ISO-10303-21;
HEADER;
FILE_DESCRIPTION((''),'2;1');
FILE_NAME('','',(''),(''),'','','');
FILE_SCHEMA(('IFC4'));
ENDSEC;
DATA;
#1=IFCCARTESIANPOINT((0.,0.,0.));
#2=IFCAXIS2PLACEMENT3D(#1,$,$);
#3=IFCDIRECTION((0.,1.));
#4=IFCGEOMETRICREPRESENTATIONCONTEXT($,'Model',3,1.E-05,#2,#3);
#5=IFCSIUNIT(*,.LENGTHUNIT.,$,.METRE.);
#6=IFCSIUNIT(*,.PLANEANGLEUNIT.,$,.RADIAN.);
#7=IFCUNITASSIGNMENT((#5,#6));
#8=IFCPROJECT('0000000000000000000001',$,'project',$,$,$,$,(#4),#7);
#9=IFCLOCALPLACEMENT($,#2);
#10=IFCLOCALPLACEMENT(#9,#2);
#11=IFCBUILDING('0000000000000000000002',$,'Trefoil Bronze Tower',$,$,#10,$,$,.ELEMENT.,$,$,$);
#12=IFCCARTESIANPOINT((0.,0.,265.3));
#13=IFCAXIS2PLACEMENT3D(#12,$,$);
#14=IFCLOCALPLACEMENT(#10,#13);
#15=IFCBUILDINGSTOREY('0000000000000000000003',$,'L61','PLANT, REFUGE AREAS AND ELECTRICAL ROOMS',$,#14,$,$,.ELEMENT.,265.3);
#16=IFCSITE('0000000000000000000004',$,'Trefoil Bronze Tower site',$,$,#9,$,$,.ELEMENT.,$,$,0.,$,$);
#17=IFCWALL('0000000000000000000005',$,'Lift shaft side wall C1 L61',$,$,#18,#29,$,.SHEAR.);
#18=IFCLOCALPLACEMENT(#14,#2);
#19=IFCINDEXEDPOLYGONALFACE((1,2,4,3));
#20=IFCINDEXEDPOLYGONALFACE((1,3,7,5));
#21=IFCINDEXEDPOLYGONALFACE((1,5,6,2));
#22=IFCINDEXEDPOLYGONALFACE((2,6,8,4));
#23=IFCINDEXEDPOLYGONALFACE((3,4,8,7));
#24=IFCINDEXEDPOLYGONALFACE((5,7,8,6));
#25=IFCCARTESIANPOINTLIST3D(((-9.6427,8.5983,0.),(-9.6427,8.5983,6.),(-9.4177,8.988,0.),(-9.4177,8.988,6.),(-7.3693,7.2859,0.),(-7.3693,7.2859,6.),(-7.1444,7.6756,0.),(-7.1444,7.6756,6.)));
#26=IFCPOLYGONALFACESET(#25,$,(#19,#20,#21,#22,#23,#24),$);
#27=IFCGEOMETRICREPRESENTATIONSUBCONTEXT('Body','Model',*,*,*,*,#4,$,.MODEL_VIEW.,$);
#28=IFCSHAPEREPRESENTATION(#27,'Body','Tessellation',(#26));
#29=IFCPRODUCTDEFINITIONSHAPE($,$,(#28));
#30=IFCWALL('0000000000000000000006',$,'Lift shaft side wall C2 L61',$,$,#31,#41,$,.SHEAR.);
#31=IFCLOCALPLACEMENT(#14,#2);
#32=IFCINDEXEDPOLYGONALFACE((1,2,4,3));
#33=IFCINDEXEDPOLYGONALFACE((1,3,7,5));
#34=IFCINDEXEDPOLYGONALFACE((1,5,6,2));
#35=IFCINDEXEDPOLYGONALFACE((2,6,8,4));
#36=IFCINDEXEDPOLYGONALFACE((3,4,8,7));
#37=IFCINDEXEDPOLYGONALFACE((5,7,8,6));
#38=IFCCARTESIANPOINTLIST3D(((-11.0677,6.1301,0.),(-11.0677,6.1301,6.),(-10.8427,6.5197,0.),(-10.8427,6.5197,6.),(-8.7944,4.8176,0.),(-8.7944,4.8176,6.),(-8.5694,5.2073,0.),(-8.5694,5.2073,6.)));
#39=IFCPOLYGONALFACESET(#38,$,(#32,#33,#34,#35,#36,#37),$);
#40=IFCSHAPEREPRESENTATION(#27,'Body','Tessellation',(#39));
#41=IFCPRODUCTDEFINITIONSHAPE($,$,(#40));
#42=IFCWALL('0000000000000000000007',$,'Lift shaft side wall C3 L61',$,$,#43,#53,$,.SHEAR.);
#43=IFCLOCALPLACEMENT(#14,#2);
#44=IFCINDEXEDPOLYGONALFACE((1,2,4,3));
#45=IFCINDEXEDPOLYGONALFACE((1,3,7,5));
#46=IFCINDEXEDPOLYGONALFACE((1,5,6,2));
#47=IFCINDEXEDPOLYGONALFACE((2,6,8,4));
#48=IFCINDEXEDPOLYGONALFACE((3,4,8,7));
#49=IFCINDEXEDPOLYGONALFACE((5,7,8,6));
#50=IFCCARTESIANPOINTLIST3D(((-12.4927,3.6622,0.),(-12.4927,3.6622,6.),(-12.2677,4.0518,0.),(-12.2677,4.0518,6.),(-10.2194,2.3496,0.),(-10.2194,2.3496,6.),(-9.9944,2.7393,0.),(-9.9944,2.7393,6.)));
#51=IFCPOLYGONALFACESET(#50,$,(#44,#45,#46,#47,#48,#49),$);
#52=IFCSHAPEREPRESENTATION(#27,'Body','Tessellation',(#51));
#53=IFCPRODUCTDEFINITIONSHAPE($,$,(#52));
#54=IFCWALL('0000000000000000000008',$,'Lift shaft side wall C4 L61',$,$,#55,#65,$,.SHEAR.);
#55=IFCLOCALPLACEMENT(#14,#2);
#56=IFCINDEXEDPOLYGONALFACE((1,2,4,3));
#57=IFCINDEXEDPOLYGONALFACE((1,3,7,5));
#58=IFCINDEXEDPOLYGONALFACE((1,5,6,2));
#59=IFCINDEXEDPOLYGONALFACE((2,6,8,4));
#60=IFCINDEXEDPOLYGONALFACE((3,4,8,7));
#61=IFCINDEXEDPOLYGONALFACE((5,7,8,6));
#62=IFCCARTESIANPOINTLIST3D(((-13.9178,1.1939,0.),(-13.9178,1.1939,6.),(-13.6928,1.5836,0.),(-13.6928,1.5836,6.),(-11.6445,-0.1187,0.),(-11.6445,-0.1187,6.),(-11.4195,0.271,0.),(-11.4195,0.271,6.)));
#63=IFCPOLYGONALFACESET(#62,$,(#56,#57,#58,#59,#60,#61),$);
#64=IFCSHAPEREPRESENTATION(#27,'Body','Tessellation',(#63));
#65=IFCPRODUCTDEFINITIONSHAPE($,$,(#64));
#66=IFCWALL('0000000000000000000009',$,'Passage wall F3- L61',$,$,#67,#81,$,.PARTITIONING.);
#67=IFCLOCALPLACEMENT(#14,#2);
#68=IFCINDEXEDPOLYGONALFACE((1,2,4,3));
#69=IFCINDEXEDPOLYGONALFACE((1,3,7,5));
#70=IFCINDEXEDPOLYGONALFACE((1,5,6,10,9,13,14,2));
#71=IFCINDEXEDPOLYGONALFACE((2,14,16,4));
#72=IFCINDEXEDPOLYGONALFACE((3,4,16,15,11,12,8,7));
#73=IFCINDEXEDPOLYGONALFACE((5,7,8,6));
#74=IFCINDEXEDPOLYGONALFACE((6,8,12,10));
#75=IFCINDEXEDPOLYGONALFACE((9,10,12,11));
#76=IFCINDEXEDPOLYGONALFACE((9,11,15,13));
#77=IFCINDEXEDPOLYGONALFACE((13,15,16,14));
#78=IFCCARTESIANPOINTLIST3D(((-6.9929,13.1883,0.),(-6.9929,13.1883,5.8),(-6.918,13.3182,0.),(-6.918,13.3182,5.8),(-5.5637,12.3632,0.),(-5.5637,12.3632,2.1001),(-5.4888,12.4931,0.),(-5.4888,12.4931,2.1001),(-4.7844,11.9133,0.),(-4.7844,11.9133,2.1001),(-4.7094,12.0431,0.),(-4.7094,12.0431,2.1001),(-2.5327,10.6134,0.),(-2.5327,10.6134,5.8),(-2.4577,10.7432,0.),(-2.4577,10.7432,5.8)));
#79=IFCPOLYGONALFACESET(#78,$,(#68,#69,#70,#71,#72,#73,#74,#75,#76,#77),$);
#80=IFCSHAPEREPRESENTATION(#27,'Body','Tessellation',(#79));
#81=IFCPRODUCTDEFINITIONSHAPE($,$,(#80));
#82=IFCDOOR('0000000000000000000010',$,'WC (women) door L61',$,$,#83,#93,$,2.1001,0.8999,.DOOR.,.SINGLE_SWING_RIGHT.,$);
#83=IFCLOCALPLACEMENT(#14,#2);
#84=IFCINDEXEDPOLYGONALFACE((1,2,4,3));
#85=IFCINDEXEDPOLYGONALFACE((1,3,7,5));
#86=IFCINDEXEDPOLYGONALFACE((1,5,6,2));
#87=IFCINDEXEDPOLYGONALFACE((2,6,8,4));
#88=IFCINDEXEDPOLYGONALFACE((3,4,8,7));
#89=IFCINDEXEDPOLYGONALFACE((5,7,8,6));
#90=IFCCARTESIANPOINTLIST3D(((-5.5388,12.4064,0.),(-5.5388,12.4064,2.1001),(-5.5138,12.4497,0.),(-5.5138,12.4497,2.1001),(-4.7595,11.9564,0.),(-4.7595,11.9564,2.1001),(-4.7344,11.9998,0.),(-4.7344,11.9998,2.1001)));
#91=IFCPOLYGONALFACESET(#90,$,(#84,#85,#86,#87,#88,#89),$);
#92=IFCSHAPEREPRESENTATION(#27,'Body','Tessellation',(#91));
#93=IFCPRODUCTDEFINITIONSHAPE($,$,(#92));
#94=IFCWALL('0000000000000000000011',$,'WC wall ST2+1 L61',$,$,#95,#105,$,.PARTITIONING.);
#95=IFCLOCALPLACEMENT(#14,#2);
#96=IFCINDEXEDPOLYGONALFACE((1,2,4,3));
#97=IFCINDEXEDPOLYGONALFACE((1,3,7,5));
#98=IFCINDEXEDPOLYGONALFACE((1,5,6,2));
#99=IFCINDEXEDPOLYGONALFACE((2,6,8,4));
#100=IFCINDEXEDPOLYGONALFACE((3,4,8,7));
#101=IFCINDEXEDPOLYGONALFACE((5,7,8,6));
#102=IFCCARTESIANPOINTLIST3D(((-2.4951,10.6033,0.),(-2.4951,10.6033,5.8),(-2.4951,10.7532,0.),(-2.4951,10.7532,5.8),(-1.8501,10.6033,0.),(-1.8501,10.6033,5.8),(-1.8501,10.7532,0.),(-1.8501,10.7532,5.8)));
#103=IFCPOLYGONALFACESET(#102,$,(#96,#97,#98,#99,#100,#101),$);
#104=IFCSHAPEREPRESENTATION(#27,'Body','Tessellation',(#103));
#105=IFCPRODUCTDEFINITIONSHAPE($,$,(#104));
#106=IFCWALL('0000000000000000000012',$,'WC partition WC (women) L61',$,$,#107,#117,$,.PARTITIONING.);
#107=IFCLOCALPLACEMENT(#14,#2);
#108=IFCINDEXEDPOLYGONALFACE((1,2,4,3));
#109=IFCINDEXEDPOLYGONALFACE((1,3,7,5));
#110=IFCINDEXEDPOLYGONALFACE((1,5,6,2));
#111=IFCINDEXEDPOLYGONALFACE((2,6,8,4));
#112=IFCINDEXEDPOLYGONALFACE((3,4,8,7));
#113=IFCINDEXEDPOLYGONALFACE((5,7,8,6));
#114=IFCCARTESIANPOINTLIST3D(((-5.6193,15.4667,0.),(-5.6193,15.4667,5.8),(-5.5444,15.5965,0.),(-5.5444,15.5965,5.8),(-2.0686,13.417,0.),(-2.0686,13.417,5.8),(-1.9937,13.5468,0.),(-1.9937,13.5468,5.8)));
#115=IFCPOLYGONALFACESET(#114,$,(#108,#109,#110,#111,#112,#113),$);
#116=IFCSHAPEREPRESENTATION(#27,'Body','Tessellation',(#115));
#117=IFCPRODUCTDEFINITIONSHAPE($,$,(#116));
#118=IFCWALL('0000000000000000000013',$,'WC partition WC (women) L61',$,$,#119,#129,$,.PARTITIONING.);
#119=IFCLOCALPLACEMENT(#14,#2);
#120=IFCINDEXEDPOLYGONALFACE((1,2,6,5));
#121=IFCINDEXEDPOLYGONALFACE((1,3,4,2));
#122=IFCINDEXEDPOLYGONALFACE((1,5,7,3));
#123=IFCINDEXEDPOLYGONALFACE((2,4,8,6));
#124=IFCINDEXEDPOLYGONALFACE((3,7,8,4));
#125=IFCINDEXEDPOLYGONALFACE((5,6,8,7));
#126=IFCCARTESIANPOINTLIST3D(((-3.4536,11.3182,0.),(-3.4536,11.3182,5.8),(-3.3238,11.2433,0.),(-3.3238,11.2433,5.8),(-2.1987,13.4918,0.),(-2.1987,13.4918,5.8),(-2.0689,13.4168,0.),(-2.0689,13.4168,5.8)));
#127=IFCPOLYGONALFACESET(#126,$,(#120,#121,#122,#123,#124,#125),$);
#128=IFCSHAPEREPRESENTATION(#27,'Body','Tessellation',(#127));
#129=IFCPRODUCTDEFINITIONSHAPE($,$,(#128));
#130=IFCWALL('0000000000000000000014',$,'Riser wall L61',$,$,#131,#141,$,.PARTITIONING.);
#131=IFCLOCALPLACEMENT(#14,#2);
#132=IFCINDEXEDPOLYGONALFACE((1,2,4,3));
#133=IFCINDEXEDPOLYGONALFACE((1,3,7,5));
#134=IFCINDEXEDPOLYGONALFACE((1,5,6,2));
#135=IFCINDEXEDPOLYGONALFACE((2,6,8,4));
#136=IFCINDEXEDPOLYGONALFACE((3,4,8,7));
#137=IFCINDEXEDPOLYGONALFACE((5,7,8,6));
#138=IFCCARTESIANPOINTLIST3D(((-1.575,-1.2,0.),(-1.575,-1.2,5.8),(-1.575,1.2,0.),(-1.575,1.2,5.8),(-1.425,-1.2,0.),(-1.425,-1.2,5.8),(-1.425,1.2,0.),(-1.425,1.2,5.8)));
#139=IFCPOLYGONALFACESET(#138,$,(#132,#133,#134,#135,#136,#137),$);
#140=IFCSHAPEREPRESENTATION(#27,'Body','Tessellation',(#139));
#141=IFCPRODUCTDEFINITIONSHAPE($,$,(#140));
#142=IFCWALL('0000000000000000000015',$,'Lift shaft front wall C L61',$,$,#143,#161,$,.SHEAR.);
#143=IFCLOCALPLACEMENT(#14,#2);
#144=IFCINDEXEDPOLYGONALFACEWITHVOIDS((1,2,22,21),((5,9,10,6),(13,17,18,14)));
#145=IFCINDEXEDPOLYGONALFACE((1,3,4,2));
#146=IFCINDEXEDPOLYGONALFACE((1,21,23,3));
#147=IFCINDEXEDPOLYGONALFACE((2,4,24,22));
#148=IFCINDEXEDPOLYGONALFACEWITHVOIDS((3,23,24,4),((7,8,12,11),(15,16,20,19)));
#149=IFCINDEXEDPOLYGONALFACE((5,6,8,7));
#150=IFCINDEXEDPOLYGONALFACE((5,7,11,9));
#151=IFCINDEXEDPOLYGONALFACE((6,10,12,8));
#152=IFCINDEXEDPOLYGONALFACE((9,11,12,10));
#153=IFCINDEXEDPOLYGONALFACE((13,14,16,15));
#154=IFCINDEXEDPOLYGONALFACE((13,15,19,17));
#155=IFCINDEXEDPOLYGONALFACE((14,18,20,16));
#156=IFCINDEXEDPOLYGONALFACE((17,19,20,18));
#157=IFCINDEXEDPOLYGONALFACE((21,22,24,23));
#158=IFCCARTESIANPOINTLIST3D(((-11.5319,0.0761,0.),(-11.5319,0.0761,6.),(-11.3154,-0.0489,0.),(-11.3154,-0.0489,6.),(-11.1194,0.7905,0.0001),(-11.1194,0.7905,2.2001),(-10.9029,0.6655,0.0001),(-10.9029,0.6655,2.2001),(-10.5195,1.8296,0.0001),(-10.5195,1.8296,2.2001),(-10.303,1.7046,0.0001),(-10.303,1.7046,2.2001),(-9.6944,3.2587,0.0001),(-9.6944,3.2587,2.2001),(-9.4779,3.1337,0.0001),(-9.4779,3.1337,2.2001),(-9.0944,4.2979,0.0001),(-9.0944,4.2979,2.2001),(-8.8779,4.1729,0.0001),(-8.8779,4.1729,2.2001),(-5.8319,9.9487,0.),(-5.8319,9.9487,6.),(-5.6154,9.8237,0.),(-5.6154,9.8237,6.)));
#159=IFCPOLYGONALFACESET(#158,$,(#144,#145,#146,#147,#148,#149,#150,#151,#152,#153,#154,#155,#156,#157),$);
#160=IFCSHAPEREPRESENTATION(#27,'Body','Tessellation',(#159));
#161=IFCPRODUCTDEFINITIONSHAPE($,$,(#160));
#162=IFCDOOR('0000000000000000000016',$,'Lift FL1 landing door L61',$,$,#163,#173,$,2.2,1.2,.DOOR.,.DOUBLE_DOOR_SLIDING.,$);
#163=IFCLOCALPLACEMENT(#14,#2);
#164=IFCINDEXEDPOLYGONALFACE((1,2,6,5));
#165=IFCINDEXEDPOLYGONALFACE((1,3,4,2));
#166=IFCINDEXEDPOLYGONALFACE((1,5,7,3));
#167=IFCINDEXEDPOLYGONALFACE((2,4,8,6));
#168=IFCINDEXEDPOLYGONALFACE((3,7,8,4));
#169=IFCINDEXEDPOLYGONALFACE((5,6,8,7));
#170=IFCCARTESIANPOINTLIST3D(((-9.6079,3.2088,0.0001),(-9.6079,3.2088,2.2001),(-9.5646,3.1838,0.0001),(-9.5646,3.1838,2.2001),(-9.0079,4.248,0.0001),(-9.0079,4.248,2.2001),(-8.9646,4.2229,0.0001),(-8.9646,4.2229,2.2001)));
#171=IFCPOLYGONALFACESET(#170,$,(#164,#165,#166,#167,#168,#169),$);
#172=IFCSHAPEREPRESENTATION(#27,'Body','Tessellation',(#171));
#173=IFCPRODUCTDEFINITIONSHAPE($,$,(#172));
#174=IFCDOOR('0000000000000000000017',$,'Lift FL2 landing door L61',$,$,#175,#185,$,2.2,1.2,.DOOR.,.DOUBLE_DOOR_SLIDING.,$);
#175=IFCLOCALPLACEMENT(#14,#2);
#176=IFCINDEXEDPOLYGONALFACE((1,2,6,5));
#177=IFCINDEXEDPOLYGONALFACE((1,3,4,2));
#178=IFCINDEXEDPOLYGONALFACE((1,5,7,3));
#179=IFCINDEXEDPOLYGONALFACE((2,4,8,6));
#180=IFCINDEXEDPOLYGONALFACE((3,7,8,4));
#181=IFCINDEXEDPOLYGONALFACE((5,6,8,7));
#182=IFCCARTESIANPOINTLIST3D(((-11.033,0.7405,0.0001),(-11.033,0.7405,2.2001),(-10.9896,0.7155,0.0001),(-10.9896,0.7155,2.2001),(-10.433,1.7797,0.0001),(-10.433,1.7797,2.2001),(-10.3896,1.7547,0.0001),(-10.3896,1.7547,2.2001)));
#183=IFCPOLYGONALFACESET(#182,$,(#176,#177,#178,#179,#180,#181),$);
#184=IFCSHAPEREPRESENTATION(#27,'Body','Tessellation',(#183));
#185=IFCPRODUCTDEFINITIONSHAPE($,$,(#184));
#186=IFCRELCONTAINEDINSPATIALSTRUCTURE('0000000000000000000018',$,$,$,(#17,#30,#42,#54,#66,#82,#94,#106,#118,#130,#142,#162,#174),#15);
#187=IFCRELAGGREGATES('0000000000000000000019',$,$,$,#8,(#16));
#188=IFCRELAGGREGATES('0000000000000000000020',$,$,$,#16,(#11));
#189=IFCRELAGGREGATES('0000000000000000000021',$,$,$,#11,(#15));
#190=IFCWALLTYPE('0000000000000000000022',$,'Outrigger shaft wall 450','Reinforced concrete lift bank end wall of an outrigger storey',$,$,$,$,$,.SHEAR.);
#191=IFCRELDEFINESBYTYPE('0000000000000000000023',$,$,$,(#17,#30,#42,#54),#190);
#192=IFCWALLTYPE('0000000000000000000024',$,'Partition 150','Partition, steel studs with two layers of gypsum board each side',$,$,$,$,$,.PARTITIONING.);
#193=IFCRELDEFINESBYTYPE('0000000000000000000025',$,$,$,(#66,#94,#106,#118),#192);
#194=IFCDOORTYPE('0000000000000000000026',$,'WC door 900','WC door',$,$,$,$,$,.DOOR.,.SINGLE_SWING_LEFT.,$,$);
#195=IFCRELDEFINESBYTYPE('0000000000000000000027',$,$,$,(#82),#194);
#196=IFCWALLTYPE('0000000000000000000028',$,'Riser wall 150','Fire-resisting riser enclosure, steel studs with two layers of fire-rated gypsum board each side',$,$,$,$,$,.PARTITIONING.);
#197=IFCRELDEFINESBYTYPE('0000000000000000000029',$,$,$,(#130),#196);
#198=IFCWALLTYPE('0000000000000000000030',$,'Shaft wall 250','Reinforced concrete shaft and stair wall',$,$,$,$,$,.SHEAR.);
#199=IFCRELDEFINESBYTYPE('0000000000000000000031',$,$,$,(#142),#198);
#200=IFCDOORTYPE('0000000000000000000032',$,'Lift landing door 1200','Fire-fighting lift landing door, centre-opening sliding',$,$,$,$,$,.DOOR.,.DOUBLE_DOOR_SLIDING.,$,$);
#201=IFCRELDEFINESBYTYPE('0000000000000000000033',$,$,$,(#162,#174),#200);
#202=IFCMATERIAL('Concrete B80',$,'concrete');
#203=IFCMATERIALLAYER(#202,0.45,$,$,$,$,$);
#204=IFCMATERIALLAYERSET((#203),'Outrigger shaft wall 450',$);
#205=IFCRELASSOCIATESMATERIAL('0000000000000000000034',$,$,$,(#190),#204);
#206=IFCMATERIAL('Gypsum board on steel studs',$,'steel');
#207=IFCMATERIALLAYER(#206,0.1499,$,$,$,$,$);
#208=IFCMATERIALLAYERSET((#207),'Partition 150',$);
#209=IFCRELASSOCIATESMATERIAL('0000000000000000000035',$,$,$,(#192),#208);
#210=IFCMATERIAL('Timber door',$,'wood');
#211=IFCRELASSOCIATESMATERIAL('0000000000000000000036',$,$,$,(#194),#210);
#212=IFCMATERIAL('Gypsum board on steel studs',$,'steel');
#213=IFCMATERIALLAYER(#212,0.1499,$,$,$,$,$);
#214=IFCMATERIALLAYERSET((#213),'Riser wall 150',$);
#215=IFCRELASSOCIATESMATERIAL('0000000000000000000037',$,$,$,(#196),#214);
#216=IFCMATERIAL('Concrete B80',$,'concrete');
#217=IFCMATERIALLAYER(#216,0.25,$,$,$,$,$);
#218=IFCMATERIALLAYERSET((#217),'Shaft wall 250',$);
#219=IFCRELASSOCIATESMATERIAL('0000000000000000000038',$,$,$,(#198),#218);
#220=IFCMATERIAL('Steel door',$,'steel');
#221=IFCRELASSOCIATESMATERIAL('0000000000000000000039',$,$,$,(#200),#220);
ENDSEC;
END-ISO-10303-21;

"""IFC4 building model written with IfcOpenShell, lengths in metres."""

from ifc_helpers import new_model, si_unit, direction, frame, frame_2d, origin, place, context, subcontext, project, spatial, rectangle, extrude, material, layer, layer_set, type_object, element, fill, save


model = new_model("IFC4")

# Units and contexts
model_context = context("Model", 3, precision=1e-05, world=origin(), true_north=direction((0.0, 1.0)))
body_context = subcontext(model_context, "Body", "Model", "MODEL_VIEW")
ifc_project = project(units=[si_unit("LENGTHUNIT", "METRE"), si_unit("PLANEANGLEUNIT", "RADIAN")], contexts=[model_context])

# Site, building, storey
site_placement = place(None, origin())
site = spatial("IfcSite", under=ifc_project, at=site_placement, Name="Trefoil Bronze Tower site", CompositionType="ELEMENT", RefElevation=0.0)
building_placement = place(site_placement, origin())
building = spatial("IfcBuilding", under=site, at=building_placement, Name="Trefoil Bronze Tower", CompositionType="ELEMENT")
storey_placement = place(building_placement, frame((0.0, 0.0, 265.3)))
storey = spatial("IfcBuildingStorey", under=building, at=storey_placement, Name="L61", Description="PLANT, REFUGE AREAS AND ELECTRICAL ROOMS", CompositionType="ELEMENT", Elevation=265.3)

# Walls
ifc_material_1 = material(Name="Concrete B80", Category="concrete")
ifc_layer_1 = layer(ifc_material_1, 0.45)
ifc_layer_set_1 = layer_set([ifc_layer_1], Name="Outrigger shaft wall 450")
wall_type_1 = type_object("IfcWallType", Name="Outrigger shaft wall 450", Description="Reinforced concrete lift bank end wall of an outrigger storey", PredefinedType="SHEAR", material=ifc_layer_set_1)
for number, where, z_axis, x_axis, name in (
    (1, (-7.2568, 7.4807, 0.0), (0.0, 0.0, 1.0), (-0.866037, 0.49998, 0.0), "Lift shaft side wall C1 L61"),
    (2, (-8.6819, 5.0125, 0.0), (0.0, 0.0, 1.0), (-0.866037, 0.49998, 0.0), "Lift shaft side wall C2 L61"),
    (3, (-10.1069, 2.5444, 0.0), (0.0, 0.0, 1.0), (-0.866014, 0.50002, 0.0), "Lift shaft side wall C3 L61"),
    (4, (-11.532, 0.0762, 0.0), (0.0, 0.0, 1.0), (-0.866014, 0.50002, 0.0), "Lift shaft side wall C4 L61"),
):
    element("IfcWall", number, at=place(storey_placement, frame(where, z_axis=z_axis, x_axis=x_axis)), inside=storey, type_object=wall_type_1, Name=name, PredefinedType="SHEAR", context=body_context, shape_type="SweptSolid", body=[
        extrude(rectangle(XDim=2.625, YDim=0.45, at=frame_2d((1.3125, 0.0))), origin(), (0.0, 0.0, 1.0), 6.0),
    ])

# Wall, opening, door
ifc_material_2 = material(Name="Gypsum board on steel studs", Category="steel")
ifc_layer_2 = layer(ifc_material_2, 0.1499)
ifc_layer_set_2 = layer_set([ifc_layer_2], Name="Partition 150")
wall_type_2 = type_object("IfcWallType", Name="Partition 150", Description="Partition, steel studs with two layers of gypsum board each side", PredefinedType="PARTITIONING", material=ifc_layer_set_2)
wall_1_placement = place(storey_placement, frame((-2.4951, 10.6782, 0.0), z_axis=(0.0, 0.0, 1.0), x_axis=(-0.866038, 0.499978, 0.0)))
wall_1 = element("IfcWall", 5, at=wall_1_placement, inside=storey, type_object=wall_type_2, Name="Passage wall F3- L61", PredefinedType="PARTITIONING", context=body_context, shape_type="SweptSolid", body=[
    extrude(rectangle(XDim=5.1501, YDim=0.1499, at=frame_2d((2.5752, 0.0))), origin(), (0.0, 0.0, 1.0), 5.8),
])
opening_1_placement = place(wall_1_placement, frame((2.6001, 0.0, 0.0)))
opening_1 = element("IfcOpeningElement", 6, at=opening_1_placement, cuts=wall_1, PredefinedType="OPENING", context=body_context, shape_type="SweptSolid", body=[
    extrude(rectangle(XDim=0.8999, YDim=2.1001, at=frame_2d((0.45, 1.05))), frame((0.0, 0.085, 0.0), z_axis=(0.0, -1.0, 0.0), x_axis=(1.0, 0.0, 0.0)), (0.0, 0.0, 1.0), 0.1699),
])
ifc_material_3 = material(Name="Timber door", Category="wood")
door_type_1 = type_object("IfcDoorType", Name="WC door 900", Description="WC door", OperationType="SINGLE_SWING_LEFT", PredefinedType="DOOR", material=ifc_material_3)
door_1_placement = place(opening_1_placement, frame((0.8999, 0.0, 0.0), z_axis=(0.0, 0.0, 1.0), x_axis=(-1.0, 0.0, 0.0)))
door_1 = element("IfcDoor", 7, at=door_1_placement, inside=storey, type_object=door_type_1, Name="WC (women) door L61", OperationType="SINGLE_SWING_RIGHT", OverallHeight=2.1001, OverallWidth=0.8999, PredefinedType="DOOR", context=body_context, shape_type="SweptSolid", body=[
    extrude(rectangle(XDim=0.8999, YDim=2.1001, at=frame_2d((0.45, 1.05))), frame((0.0, 0.0249, 0.0), z_axis=(0.0, -1.0, 0.0), x_axis=(1.0, 0.0, 0.0)), (0.0, 0.0, 1.0), 0.05),
])
fill(opening_1, door_1)

# Walls
wall_2_placement = place(storey_placement, frame((-2.4951, 10.6782, 0.0), z_axis=(0.0, 0.0, 1.0), x_axis=(1.0, 0.0, 0.0)))
element("IfcWall", 8, at=wall_2_placement, inside=storey, type_object=wall_type_2, Name="WC wall ST2+1 L61", PredefinedType="PARTITIONING", context=body_context, shape_type="SweptSolid", body=[
    extrude(rectangle(XDim=0.645, YDim=0.1499, at=frame_2d((0.3225, 0.0))), origin(), (0.0, 0.0, 1.0), 5.8),
])
wall_3_placement = place(storey_placement, frame((-2.0312, 13.4819, 0.0), z_axis=(0.0, 0.0, 1.0), x_axis=(-0.866051, 0.499956, 0.0)))
element("IfcWall", 9, at=wall_3_placement, inside=storey, type_object=wall_type_2, Name="WC partition WC (women) L61", PredefinedType="PARTITIONING", context=body_context, shape_type="SweptSolid", body=[
    extrude(rectangle(XDim=4.0999, YDim=0.1499, at=frame_2d((2.0498, 0.0))), origin(), (0.0, 0.0, 1.0), 5.8),
])
wall_4_placement = place(storey_placement, frame((-3.3887, 11.2808, 0.0), z_axis=(0.0, 0.0, 1.0), x_axis=(0.499989, 0.866032, 0.0)))
element("IfcWall", 10, at=wall_4_placement, inside=storey, type_object=wall_type_2, Name="WC partition WC (women) L61", PredefinedType="PARTITIONING", context=body_context, shape_type="SweptSolid", body=[
    extrude(rectangle(XDim=2.5098, YDim=0.1499, at=frame_2d((1.2549, 0.0))), origin(), (0.0, 0.0, 1.0), 5.8),
])
ifc_material_4 = material(Name="Gypsum board on steel studs", Category="steel")
ifc_layer_3 = layer(ifc_material_4, 0.1499)
ifc_layer_set_3 = layer_set([ifc_layer_3], Name="Riser wall 150")
wall_type_3 = type_object("IfcWallType", Name="Riser wall 150", Description="Fire-resisting riser enclosure, steel studs with two layers of fire-rated gypsum board each side", PredefinedType="PARTITIONING", material=ifc_layer_set_3)
wall_5_placement = place(storey_placement, frame((-1.5, 1.2, 0.0), z_axis=(0.0, 0.0, 1.0), x_axis=(0.0, -1.0, 0.0)))
element("IfcWall", 11, at=wall_5_placement, inside=storey, type_object=wall_type_3, Name="Riser wall L61", PredefinedType="PARTITIONING", context=body_context, shape_type="SweptSolid", body=[
    extrude(rectangle(XDim=2.3999, YDim=0.1499, at=frame_2d((1.2, 0.0))), origin(), (0.0, 0.0, 1.0), 5.8),
])

# Wall, openings, doors
ifc_material_5 = material(Name="Concrete B80", Category="concrete")
ifc_layer_4 = layer(ifc_material_5, 0.25)
ifc_layer_set_4 = layer_set([ifc_layer_4], Name="Shaft wall 250")
wall_type_4 = type_object("IfcWallType", Name="Shaft wall 250", Description="Reinforced concrete shaft and stair wall", PredefinedType="SHEAR", material=ifc_layer_set_4)
wall_6_placement = place(storey_placement, frame((-5.7236, 9.8862, 0.0), z_axis=(0.0, 0.0, 1.0), x_axis=(-0.500002, -0.866024, 0.0)))
wall_6 = element("IfcWall", 12, at=wall_6_placement, inside=storey, type_object=wall_type_4, Name="Lift shaft front wall C L61", PredefinedType="SHEAR", context=body_context, shape_type="SweptSolid", body=[
    extrude(rectangle(XDim=11.3999, YDim=0.25, at=frame_2d((5.7, 0.0))), origin(), (0.0, 0.0, 1.0), 6.0),
])
opening_2_placement = place(wall_6_placement, frame((6.5249, 0.0, 0.0)))
opening_2 = element("IfcOpeningElement", 13, at=opening_2_placement, cuts=wall_6, PredefinedType="OPENING", context=body_context, shape_type="SweptSolid", body=[
    extrude(rectangle(XDim=1.2, YDim=2.2, at=frame_2d((0.6001, 1.1001))), frame((0.0, 0.135, 0.0), z_axis=(0.0, -1.0, 0.0), x_axis=(1.0, 0.0, 0.0)), (0.0, 0.0, 1.0), 0.27),
])
opening_3_placement = place(wall_6_placement, frame((9.375, 0.0, 0.0)))
opening_3 = element("IfcOpeningElement", 14, at=opening_3_placement, cuts=wall_6, PredefinedType="OPENING", context=body_context, shape_type="SweptSolid", body=[
    extrude(rectangle(XDim=1.2, YDim=2.2, at=frame_2d((0.6001, 1.1001))), frame((0.0, 0.135, 0.0), z_axis=(0.0, -1.0, 0.0), x_axis=(1.0, 0.0, 0.0)), (0.0, 0.0, 1.0), 0.27),
])
ifc_material_6 = material(Name="Steel door", Category="steel")
door_type_2 = type_object("IfcDoorType", Name="Lift landing door 1200", Description="Fire-fighting lift landing door, centre-opening sliding", OperationType="DOUBLE_DOOR_SLIDING", PredefinedType="DOOR", material=ifc_material_6)
door_2_placement = place(opening_2_placement, origin())
door_2 = element("IfcDoor", 15, at=door_2_placement, inside=storey, type_object=door_type_2, Name="Lift FL1 landing door L61", OperationType="DOUBLE_DOOR_SLIDING", OverallHeight=2.2, OverallWidth=1.2, PredefinedType="DOOR", context=body_context, shape_type="SweptSolid", body=[
    extrude(rectangle(XDim=1.2, YDim=2.2, at=frame_2d((0.6001, 1.1001))), frame((0.0, 0.0249, 0.0), z_axis=(0.0, -1.0, 0.0), x_axis=(1.0, 0.0, 0.0)), (0.0, 0.0, 1.0), 0.05),
])
fill(opening_2, door_2)
door_3_placement = place(opening_3_placement, origin())
door_3 = element("IfcDoor", 16, at=door_3_placement, inside=storey, type_object=door_type_2, Name="Lift FL2 landing door L61", OperationType="DOUBLE_DOOR_SLIDING", OverallHeight=2.2, OverallWidth=1.2, PredefinedType="DOOR", context=body_context, shape_type="SweptSolid", body=[
    extrude(rectangle(XDim=1.2, YDim=2.2, at=frame_2d((0.6001, 1.1001))), frame((0.0, 0.0249, 0.0), z_axis=(0.0, -1.0, 0.0), x_axis=(1.0, 0.0, 0.0)), (0.0, 0.0, 1.0), 0.05),
])
fill(opening_3, door_3)

save(model, "model.ifc")
